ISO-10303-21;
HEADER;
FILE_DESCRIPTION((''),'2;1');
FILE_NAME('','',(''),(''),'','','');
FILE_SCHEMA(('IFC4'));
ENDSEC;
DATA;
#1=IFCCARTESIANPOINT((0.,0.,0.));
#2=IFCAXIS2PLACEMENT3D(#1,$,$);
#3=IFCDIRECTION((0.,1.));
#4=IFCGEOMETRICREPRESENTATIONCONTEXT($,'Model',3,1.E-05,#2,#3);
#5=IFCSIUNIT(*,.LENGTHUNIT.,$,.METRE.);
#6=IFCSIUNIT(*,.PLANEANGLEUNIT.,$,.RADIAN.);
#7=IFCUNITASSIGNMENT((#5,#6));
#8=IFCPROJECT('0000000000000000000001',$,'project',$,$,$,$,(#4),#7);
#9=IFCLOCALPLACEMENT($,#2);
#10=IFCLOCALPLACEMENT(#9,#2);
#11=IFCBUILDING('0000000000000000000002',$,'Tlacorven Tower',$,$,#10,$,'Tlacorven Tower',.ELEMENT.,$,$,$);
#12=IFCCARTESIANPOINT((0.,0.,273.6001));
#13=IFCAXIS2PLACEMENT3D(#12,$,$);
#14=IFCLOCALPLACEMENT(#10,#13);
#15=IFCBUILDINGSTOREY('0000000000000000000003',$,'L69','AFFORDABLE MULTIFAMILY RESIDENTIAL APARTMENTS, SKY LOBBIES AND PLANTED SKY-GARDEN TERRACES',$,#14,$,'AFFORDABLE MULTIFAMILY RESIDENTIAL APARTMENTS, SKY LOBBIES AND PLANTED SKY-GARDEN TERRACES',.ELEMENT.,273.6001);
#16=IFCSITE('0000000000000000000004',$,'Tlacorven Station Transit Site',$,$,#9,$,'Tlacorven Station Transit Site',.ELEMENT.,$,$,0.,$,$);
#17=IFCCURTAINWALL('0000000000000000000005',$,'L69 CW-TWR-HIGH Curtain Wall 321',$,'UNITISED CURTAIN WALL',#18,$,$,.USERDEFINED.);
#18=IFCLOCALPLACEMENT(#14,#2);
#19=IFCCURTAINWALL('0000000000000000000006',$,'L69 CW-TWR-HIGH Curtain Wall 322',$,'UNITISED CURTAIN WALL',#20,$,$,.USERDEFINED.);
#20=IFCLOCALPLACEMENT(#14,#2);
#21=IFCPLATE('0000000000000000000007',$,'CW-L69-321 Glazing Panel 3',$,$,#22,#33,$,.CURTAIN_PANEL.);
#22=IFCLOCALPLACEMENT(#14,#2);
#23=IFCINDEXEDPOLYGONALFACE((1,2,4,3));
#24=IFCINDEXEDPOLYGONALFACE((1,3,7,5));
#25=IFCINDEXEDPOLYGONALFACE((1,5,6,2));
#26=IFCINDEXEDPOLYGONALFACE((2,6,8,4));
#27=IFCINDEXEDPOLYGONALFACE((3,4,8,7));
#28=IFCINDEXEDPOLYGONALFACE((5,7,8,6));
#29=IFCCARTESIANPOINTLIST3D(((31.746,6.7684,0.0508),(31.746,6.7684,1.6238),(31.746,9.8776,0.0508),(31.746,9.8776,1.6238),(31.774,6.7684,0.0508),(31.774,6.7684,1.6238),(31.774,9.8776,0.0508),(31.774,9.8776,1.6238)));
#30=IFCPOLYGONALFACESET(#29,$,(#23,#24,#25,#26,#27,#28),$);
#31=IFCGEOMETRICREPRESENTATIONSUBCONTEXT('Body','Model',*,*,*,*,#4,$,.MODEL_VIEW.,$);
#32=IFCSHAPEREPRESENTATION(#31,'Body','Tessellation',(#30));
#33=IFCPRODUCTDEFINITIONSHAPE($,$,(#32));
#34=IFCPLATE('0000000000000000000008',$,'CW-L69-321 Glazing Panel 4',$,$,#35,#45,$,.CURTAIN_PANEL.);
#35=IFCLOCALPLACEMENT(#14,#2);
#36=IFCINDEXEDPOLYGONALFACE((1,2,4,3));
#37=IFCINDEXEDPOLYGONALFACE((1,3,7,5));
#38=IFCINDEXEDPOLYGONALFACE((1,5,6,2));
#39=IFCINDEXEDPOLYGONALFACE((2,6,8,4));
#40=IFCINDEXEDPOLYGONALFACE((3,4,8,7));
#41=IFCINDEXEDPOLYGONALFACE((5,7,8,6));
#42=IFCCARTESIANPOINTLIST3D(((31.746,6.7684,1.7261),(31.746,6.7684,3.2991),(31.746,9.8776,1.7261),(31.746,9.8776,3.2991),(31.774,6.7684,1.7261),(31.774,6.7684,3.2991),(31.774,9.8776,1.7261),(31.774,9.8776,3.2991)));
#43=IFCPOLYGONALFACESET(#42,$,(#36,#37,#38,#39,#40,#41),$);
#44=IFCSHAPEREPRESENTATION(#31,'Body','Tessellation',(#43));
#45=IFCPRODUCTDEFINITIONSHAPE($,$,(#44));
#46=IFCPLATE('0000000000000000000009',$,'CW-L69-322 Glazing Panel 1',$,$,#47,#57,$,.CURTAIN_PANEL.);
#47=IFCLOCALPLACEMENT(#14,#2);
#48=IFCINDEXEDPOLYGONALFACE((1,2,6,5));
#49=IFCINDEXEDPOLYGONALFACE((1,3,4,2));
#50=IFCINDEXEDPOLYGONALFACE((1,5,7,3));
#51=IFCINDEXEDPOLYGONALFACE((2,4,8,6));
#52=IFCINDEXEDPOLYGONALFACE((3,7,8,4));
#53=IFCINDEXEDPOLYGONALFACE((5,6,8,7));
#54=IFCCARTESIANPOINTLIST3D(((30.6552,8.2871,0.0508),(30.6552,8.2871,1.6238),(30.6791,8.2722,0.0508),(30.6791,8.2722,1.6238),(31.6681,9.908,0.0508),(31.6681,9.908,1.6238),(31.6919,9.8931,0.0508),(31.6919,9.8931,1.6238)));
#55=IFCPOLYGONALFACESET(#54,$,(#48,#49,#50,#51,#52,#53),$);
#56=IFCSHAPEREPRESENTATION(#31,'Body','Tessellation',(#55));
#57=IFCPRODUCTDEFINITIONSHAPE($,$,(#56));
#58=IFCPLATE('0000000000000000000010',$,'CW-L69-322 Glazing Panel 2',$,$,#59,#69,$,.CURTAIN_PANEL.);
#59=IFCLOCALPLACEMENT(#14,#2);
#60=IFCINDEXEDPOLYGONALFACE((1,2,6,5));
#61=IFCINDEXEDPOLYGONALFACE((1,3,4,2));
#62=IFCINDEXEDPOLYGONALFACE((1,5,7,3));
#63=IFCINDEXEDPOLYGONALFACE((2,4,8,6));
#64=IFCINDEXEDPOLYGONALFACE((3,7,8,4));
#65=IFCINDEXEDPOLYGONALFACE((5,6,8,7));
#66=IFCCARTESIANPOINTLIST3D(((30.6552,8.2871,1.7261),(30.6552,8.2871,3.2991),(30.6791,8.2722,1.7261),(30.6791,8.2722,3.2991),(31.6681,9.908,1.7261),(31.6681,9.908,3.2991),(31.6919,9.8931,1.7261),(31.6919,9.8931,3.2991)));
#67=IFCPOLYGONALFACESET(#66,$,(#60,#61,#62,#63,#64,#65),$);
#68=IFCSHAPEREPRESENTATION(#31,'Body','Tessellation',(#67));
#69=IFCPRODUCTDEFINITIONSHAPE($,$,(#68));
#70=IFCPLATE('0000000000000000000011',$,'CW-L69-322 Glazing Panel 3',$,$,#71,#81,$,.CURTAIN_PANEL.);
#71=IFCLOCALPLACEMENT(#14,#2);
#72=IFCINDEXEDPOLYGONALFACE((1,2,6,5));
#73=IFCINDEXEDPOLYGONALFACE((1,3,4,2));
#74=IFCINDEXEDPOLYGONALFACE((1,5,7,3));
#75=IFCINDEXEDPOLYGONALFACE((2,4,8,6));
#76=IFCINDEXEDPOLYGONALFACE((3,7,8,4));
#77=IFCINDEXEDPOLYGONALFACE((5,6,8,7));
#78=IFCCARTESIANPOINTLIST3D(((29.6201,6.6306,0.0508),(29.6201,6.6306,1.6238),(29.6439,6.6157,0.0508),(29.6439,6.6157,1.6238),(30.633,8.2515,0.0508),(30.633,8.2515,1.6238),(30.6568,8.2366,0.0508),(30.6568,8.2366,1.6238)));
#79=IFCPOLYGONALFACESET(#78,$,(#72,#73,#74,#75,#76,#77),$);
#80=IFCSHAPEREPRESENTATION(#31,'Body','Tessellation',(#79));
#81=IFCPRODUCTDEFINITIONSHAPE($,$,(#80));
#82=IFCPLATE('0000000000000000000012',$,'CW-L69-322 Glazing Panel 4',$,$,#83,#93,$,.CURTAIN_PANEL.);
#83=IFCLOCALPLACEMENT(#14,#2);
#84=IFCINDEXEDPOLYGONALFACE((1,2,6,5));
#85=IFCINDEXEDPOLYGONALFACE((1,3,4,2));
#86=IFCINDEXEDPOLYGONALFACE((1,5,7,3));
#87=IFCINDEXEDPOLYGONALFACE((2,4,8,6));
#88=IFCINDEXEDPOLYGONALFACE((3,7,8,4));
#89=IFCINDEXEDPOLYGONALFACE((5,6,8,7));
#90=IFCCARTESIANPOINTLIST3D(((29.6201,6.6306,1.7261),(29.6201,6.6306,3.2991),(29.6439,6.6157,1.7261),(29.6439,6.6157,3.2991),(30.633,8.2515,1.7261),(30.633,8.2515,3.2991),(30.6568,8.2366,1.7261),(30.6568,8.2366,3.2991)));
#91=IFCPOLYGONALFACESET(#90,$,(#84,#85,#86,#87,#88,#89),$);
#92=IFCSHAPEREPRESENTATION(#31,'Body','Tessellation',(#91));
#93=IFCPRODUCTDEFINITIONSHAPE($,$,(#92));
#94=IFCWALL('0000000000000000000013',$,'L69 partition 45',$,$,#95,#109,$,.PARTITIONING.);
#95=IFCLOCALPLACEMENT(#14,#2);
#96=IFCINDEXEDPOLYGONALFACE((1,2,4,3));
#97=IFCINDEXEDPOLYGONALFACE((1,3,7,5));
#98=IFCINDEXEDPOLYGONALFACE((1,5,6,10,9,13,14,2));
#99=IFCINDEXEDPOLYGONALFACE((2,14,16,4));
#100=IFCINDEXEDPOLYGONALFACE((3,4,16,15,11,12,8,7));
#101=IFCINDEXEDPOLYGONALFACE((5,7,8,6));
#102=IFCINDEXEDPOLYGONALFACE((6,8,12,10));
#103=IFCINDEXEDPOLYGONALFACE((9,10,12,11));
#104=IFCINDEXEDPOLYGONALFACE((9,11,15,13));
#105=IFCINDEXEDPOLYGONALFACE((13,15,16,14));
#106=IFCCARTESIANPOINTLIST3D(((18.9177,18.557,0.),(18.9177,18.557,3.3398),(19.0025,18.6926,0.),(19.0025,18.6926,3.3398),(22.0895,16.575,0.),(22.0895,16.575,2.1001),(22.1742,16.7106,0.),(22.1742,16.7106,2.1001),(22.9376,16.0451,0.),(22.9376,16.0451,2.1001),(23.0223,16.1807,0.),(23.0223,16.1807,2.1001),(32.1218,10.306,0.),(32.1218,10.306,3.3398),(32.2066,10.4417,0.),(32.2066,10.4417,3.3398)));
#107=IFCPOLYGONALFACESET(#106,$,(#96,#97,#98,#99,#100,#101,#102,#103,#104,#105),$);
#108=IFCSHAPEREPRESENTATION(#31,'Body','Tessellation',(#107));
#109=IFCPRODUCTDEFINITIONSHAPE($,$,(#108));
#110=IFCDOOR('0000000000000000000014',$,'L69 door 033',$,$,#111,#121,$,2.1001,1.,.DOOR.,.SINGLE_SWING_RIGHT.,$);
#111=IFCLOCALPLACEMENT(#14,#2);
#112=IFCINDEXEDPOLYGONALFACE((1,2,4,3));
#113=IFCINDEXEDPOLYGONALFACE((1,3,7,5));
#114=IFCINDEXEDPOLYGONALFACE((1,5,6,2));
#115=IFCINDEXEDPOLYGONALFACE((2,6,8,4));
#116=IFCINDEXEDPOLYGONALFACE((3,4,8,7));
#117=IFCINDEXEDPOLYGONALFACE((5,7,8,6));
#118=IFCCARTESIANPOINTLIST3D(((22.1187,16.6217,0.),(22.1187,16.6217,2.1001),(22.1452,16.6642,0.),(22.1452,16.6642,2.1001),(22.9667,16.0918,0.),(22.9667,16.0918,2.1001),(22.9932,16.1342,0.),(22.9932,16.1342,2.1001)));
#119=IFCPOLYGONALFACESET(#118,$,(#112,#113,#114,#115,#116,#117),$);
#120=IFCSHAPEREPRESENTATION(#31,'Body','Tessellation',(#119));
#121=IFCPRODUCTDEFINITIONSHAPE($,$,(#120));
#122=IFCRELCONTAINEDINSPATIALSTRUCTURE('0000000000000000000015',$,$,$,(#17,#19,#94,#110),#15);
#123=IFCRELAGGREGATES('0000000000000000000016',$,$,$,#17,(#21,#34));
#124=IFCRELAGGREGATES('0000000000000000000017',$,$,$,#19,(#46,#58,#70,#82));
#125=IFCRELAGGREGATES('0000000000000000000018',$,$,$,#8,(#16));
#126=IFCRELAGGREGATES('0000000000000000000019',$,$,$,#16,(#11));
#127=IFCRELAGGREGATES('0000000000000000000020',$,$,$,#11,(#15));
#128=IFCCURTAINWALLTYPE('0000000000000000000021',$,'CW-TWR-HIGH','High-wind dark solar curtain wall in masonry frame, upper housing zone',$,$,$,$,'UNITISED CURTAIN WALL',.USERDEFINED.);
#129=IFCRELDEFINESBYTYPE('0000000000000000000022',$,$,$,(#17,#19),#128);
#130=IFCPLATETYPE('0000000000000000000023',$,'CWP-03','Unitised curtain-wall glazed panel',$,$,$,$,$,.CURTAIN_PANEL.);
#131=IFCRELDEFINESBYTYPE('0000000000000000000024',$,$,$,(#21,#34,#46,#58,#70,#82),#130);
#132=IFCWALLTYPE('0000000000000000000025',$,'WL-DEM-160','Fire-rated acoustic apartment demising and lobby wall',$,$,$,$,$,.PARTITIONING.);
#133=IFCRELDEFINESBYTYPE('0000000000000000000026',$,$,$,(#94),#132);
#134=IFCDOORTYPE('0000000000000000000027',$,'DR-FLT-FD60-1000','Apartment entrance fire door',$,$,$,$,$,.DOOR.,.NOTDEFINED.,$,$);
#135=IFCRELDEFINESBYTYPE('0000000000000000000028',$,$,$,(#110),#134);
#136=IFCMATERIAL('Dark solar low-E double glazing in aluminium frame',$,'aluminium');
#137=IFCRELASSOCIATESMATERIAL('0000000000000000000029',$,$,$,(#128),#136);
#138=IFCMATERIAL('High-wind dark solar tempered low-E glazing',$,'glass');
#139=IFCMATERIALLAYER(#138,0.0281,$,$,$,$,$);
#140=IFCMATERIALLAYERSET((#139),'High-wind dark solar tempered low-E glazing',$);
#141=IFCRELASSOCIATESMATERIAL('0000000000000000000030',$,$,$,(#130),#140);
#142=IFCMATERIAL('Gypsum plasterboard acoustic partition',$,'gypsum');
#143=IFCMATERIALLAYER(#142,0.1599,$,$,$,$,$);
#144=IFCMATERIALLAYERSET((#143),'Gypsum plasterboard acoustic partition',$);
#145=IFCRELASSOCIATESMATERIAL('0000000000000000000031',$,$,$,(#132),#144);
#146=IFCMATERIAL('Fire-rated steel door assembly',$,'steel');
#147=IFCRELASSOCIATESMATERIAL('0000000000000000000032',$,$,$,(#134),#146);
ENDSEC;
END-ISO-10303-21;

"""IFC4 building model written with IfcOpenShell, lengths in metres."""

from ifc_helpers import new_model, si_unit, direction, frame, frame_2d, origin, origin_2d, place, context, subcontext, project, spatial, rectangle, extrude, source, transform, mapped, material, layer, layer_set, type_object, element, fill, aggregate, save


model = new_model("IFC4")

# Units and contexts
model_context = context("Model", 3, precision=1e-05, world=origin(), true_north=direction((0.0, 1.0)))
body_context = subcontext(model_context, "Body", "Model", "MODEL_VIEW")
ifc_project = project(units=[si_unit("LENGTHUNIT", "METRE"), si_unit("PLANEANGLEUNIT", "RADIAN")], contexts=[model_context])

# Site, building, storey
site_placement = place(None, origin())
site = spatial("IfcSite", under=ifc_project, at=site_placement, Name="Tlacorven Station Transit Site", LongName="Tlacorven Station Transit Site", CompositionType="ELEMENT", RefElevation=0.0)
building_placement = place(site_placement, origin())
building = spatial("IfcBuilding", under=site, at=building_placement, Name="Tlacorven Tower", LongName="Tlacorven Tower", CompositionType="ELEMENT")
storey_placement = place(building_placement, frame((0.0, 0.0, 273.6001)))
storey = spatial("IfcBuildingStorey", under=building, at=storey_placement, Name="L69", Description="AFFORDABLE MULTIFAMILY RESIDENTIAL APARTMENTS, SKY LOBBIES AND PLANTED SKY-GARDEN TERRACES", LongName="AFFORDABLE MULTIFAMILY RESIDENTIAL APARTMENTS, SKY LOBBIES AND PLANTED SKY-GARDEN TERRACES", CompositionType="ELEMENT", Elevation=273.6001)

# Curtain walls
ifc_material_1 = material(Name="Dark solar low-E double glazing in aluminium frame", Category="aluminium")
curtain_wall_type = type_object("IfcCurtainWallType", Name="CW-TWR-HIGH", Description="High-wind dark solar curtain wall in masonry frame, upper housing zone", ElementType="UNITISED CURTAIN WALL", PredefinedType="USERDEFINED", material=ifc_material_1)
curtain_wall_1_placement = place(storey_placement, origin())
curtain_wall_1 = element("IfcCurtainWall", 1, at=curtain_wall_1_placement, inside=storey, type_object=curtain_wall_type, Name="L69 CW-TWR-HIGH Curtain Wall 321", ObjectType="UNITISED CURTAIN WALL", PredefinedType="USERDEFINED")
curtain_wall_2_placement = place(storey_placement, origin())
curtain_wall_2 = element("IfcCurtainWall", 2, at=curtain_wall_2_placement, inside=storey, type_object=curtain_wall_type, Name="L69 CW-TWR-HIGH Curtain Wall 322", ObjectType="UNITISED CURTAIN WALL", PredefinedType="USERDEFINED")

# Plates
ifc_material_2 = material(Name="High-wind dark solar tempered low-E glazing", Category="glass")
ifc_layer_1 = layer(ifc_material_2, 0.0281)
ifc_layer_set_1 = layer_set([ifc_layer_1], Name="High-wind dark solar tempered low-E glazing")
plate_type = type_object("IfcPlateType", Name="CWP-03", Description="Unitised curtain-wall glazed panel", PredefinedType="CURTAIN_PANEL", material=ifc_layer_set_1)
shared_shape_1 = source(origin(), body_context, "Body", "SweptSolid", [
    extrude(rectangle(XDim=3.1091, YDim=0.0281, at=origin_2d()), origin(), (0.0, 0.0, 1.0), 1.573),
])
plate_1_placement = place(storey_placement, frame((31.76, 8.323, 0.0508), z_axis=(0.0, 0.0, 1.0), x_axis=(0.0, 1.0, 0.0)))
plate_1 = element("IfcPlate", 3, at=plate_1_placement, type_object=plate_type, Name="CW-L69-321 Glazing Panel 3", PredefinedType="CURTAIN_PANEL", context=body_context, shape_type="MappedRepresentation", body=[
    mapped(shared_shape_1, transform((0.0, 0.0, 0.0), scale=1.0)),
])
plate_2_placement = place(storey_placement, frame((31.76, 8.323, 1.7261), z_axis=(0.0, 0.0, 1.0), x_axis=(0.0, 1.0, 0.0)))
plate_2 = element("IfcPlate", 4, at=plate_2_placement, type_object=plate_type, Name="CW-L69-321 Glazing Panel 4", PredefinedType="CURTAIN_PANEL", context=body_context, shape_type="MappedRepresentation", body=[
    mapped(shared_shape_1, transform((0.0, 0.0, 0.0), scale=1.0)),
])
aggregate(curtain_wall_1, [plate_1, plate_2])
shared_shape_2 = source(origin(), body_context, "Body", "SweptSolid", [
    extrude(rectangle(XDim=1.9114, YDim=0.0281, at=origin_2d()), origin(), (0.0, 0.0, 1.0), 1.573),
])
plate_3_placement = place(storey_placement, frame((31.1736, 9.0901, 0.0508), z_axis=(0.0, 0.0, 1.0), x_axis=(-0.529919, -0.848048, 0.0)))
plate_3 = element("IfcPlate", 5, at=plate_3_placement, type_object=plate_type, Name="CW-L69-322 Glazing Panel 1", PredefinedType="CURTAIN_PANEL", context=body_context, shape_type="MappedRepresentation", body=[
    mapped(shared_shape_2, transform((0.0, 0.0, 0.0), scale=1.0)),
])
plate_4_placement = place(storey_placement, frame((31.1736, 9.0901, 1.7261), z_axis=(0.0, 0.0, 1.0), x_axis=(-0.529919, -0.848048, 0.0)))
plate_4 = element("IfcPlate", 6, at=plate_4_placement, type_object=plate_type, Name="CW-L69-322 Glazing Panel 2", PredefinedType="CURTAIN_PANEL", context=body_context, shape_type="MappedRepresentation", body=[
    mapped(shared_shape_2, transform((0.0, 0.0, 0.0), scale=1.0)),
])
plate_5_placement = place(storey_placement, frame((30.1384, 7.4336, 0.0508), z_axis=(0.0, 0.0, 1.0), x_axis=(-0.529919, -0.848048, 0.0)))
plate_5 = element("IfcPlate", 7, at=plate_5_placement, type_object=plate_type, Name="CW-L69-322 Glazing Panel 3", PredefinedType="CURTAIN_PANEL", context=body_context, shape_type="MappedRepresentation", body=[
    mapped(shared_shape_2, transform((0.0, 0.0, 0.0), scale=1.0)),
])
plate_6_placement = place(storey_placement, frame((30.1384, 7.4336, 1.7261), z_axis=(0.0, 0.0, 1.0), x_axis=(-0.529919, -0.848048, 0.0)))
plate_6 = element("IfcPlate", 8, at=plate_6_placement, type_object=plate_type, Name="CW-L69-322 Glazing Panel 4", PredefinedType="CURTAIN_PANEL", context=body_context, shape_type="MappedRepresentation", body=[
    mapped(shared_shape_2, transform((0.0, 0.0, 0.0), scale=1.0)),
])
aggregate(curtain_wall_2, [plate_3, plate_4, plate_5, plate_6])

# Wall, opening, door
ifc_material_3 = material(Name="Gypsum plasterboard acoustic partition", Category="gypsum")
ifc_layer_2 = layer(ifc_material_3, 0.1599)
ifc_layer_set_2 = layer_set([ifc_layer_2], Name="Gypsum plasterboard acoustic partition")
wall_type = type_object("IfcWallType", Name="WL-DEM-160", Description="Fire-rated acoustic apartment demising and lobby wall", PredefinedType="PARTITIONING", material=ifc_layer_set_2)
wall_placement = place(storey_placement, frame((32.1643, 10.3738, 0.0), z_axis=(0.0, 0.0, 1.0), x_axis=(-0.848044, 0.529926, 0.0)))
wall = element("IfcWall", 9, at=wall_placement, inside=storey, type_object=wall_type, Name="L69 partition 45", PredefinedType="PARTITIONING", context=body_context, shape_type="SweptSolid", body=[
    extrude(rectangle(XDim=15.5701, YDim=0.1599, at=frame_2d((7.7852, 0.0))), origin(), (0.0, 0.0, 1.0), 3.3398),
])
opening_placement = place(wall_placement, frame((10.8301, 0.0, 0.0)))
opening = element("IfcOpeningElement", 10, at=opening_placement, cuts=wall, PredefinedType="OPENING", context=body_context, shape_type="SweptSolid", body=[
    extrude(rectangle(XDim=1.0, YDim=2.1001, at=frame_2d((0.5, 1.05))), frame((0.0, 0.0898, 0.0), z_axis=(0.0, -1.0, 0.0), x_axis=(1.0, 0.0, 0.0)), (0.0, 0.0, 1.0), 0.1799),
])
ifc_material_4 = material(Name="Fire-rated steel door assembly", Category="steel")
door_type = type_object("IfcDoorType", Name="DR-FLT-FD60-1000", Description="Apartment entrance fire door", OperationType="NOTDEFINED", PredefinedType="DOOR", material=ifc_material_4)
shared_shape_3 = source(origin(), body_context, "Body", "SweptSolid", [
    extrude(rectangle(XDim=1.0, YDim=2.1001, at=frame_2d((0.5, 1.05))), frame((0.0, 0.0249, 0.0), z_axis=(0.0, -1.0, 0.0), x_axis=(1.0, 0.0, 0.0)), (0.0, 0.0, 1.0), 0.05),
])
door_placement = place(opening_placement, origin())
door = element("IfcDoor", 11, at=door_placement, inside=storey, type_object=door_type, Name="L69 door 033", OperationType="SINGLE_SWING_RIGHT", OverallHeight=2.1001, OverallWidth=1.0, PredefinedType="DOOR", context=body_context, shape_type="MappedRepresentation", body=[
    mapped(shared_shape_3, transform((0.0, 0.0, 0.0), scale=1.0)),
])
fill(opening, door)

save(model, "model.ifc")
